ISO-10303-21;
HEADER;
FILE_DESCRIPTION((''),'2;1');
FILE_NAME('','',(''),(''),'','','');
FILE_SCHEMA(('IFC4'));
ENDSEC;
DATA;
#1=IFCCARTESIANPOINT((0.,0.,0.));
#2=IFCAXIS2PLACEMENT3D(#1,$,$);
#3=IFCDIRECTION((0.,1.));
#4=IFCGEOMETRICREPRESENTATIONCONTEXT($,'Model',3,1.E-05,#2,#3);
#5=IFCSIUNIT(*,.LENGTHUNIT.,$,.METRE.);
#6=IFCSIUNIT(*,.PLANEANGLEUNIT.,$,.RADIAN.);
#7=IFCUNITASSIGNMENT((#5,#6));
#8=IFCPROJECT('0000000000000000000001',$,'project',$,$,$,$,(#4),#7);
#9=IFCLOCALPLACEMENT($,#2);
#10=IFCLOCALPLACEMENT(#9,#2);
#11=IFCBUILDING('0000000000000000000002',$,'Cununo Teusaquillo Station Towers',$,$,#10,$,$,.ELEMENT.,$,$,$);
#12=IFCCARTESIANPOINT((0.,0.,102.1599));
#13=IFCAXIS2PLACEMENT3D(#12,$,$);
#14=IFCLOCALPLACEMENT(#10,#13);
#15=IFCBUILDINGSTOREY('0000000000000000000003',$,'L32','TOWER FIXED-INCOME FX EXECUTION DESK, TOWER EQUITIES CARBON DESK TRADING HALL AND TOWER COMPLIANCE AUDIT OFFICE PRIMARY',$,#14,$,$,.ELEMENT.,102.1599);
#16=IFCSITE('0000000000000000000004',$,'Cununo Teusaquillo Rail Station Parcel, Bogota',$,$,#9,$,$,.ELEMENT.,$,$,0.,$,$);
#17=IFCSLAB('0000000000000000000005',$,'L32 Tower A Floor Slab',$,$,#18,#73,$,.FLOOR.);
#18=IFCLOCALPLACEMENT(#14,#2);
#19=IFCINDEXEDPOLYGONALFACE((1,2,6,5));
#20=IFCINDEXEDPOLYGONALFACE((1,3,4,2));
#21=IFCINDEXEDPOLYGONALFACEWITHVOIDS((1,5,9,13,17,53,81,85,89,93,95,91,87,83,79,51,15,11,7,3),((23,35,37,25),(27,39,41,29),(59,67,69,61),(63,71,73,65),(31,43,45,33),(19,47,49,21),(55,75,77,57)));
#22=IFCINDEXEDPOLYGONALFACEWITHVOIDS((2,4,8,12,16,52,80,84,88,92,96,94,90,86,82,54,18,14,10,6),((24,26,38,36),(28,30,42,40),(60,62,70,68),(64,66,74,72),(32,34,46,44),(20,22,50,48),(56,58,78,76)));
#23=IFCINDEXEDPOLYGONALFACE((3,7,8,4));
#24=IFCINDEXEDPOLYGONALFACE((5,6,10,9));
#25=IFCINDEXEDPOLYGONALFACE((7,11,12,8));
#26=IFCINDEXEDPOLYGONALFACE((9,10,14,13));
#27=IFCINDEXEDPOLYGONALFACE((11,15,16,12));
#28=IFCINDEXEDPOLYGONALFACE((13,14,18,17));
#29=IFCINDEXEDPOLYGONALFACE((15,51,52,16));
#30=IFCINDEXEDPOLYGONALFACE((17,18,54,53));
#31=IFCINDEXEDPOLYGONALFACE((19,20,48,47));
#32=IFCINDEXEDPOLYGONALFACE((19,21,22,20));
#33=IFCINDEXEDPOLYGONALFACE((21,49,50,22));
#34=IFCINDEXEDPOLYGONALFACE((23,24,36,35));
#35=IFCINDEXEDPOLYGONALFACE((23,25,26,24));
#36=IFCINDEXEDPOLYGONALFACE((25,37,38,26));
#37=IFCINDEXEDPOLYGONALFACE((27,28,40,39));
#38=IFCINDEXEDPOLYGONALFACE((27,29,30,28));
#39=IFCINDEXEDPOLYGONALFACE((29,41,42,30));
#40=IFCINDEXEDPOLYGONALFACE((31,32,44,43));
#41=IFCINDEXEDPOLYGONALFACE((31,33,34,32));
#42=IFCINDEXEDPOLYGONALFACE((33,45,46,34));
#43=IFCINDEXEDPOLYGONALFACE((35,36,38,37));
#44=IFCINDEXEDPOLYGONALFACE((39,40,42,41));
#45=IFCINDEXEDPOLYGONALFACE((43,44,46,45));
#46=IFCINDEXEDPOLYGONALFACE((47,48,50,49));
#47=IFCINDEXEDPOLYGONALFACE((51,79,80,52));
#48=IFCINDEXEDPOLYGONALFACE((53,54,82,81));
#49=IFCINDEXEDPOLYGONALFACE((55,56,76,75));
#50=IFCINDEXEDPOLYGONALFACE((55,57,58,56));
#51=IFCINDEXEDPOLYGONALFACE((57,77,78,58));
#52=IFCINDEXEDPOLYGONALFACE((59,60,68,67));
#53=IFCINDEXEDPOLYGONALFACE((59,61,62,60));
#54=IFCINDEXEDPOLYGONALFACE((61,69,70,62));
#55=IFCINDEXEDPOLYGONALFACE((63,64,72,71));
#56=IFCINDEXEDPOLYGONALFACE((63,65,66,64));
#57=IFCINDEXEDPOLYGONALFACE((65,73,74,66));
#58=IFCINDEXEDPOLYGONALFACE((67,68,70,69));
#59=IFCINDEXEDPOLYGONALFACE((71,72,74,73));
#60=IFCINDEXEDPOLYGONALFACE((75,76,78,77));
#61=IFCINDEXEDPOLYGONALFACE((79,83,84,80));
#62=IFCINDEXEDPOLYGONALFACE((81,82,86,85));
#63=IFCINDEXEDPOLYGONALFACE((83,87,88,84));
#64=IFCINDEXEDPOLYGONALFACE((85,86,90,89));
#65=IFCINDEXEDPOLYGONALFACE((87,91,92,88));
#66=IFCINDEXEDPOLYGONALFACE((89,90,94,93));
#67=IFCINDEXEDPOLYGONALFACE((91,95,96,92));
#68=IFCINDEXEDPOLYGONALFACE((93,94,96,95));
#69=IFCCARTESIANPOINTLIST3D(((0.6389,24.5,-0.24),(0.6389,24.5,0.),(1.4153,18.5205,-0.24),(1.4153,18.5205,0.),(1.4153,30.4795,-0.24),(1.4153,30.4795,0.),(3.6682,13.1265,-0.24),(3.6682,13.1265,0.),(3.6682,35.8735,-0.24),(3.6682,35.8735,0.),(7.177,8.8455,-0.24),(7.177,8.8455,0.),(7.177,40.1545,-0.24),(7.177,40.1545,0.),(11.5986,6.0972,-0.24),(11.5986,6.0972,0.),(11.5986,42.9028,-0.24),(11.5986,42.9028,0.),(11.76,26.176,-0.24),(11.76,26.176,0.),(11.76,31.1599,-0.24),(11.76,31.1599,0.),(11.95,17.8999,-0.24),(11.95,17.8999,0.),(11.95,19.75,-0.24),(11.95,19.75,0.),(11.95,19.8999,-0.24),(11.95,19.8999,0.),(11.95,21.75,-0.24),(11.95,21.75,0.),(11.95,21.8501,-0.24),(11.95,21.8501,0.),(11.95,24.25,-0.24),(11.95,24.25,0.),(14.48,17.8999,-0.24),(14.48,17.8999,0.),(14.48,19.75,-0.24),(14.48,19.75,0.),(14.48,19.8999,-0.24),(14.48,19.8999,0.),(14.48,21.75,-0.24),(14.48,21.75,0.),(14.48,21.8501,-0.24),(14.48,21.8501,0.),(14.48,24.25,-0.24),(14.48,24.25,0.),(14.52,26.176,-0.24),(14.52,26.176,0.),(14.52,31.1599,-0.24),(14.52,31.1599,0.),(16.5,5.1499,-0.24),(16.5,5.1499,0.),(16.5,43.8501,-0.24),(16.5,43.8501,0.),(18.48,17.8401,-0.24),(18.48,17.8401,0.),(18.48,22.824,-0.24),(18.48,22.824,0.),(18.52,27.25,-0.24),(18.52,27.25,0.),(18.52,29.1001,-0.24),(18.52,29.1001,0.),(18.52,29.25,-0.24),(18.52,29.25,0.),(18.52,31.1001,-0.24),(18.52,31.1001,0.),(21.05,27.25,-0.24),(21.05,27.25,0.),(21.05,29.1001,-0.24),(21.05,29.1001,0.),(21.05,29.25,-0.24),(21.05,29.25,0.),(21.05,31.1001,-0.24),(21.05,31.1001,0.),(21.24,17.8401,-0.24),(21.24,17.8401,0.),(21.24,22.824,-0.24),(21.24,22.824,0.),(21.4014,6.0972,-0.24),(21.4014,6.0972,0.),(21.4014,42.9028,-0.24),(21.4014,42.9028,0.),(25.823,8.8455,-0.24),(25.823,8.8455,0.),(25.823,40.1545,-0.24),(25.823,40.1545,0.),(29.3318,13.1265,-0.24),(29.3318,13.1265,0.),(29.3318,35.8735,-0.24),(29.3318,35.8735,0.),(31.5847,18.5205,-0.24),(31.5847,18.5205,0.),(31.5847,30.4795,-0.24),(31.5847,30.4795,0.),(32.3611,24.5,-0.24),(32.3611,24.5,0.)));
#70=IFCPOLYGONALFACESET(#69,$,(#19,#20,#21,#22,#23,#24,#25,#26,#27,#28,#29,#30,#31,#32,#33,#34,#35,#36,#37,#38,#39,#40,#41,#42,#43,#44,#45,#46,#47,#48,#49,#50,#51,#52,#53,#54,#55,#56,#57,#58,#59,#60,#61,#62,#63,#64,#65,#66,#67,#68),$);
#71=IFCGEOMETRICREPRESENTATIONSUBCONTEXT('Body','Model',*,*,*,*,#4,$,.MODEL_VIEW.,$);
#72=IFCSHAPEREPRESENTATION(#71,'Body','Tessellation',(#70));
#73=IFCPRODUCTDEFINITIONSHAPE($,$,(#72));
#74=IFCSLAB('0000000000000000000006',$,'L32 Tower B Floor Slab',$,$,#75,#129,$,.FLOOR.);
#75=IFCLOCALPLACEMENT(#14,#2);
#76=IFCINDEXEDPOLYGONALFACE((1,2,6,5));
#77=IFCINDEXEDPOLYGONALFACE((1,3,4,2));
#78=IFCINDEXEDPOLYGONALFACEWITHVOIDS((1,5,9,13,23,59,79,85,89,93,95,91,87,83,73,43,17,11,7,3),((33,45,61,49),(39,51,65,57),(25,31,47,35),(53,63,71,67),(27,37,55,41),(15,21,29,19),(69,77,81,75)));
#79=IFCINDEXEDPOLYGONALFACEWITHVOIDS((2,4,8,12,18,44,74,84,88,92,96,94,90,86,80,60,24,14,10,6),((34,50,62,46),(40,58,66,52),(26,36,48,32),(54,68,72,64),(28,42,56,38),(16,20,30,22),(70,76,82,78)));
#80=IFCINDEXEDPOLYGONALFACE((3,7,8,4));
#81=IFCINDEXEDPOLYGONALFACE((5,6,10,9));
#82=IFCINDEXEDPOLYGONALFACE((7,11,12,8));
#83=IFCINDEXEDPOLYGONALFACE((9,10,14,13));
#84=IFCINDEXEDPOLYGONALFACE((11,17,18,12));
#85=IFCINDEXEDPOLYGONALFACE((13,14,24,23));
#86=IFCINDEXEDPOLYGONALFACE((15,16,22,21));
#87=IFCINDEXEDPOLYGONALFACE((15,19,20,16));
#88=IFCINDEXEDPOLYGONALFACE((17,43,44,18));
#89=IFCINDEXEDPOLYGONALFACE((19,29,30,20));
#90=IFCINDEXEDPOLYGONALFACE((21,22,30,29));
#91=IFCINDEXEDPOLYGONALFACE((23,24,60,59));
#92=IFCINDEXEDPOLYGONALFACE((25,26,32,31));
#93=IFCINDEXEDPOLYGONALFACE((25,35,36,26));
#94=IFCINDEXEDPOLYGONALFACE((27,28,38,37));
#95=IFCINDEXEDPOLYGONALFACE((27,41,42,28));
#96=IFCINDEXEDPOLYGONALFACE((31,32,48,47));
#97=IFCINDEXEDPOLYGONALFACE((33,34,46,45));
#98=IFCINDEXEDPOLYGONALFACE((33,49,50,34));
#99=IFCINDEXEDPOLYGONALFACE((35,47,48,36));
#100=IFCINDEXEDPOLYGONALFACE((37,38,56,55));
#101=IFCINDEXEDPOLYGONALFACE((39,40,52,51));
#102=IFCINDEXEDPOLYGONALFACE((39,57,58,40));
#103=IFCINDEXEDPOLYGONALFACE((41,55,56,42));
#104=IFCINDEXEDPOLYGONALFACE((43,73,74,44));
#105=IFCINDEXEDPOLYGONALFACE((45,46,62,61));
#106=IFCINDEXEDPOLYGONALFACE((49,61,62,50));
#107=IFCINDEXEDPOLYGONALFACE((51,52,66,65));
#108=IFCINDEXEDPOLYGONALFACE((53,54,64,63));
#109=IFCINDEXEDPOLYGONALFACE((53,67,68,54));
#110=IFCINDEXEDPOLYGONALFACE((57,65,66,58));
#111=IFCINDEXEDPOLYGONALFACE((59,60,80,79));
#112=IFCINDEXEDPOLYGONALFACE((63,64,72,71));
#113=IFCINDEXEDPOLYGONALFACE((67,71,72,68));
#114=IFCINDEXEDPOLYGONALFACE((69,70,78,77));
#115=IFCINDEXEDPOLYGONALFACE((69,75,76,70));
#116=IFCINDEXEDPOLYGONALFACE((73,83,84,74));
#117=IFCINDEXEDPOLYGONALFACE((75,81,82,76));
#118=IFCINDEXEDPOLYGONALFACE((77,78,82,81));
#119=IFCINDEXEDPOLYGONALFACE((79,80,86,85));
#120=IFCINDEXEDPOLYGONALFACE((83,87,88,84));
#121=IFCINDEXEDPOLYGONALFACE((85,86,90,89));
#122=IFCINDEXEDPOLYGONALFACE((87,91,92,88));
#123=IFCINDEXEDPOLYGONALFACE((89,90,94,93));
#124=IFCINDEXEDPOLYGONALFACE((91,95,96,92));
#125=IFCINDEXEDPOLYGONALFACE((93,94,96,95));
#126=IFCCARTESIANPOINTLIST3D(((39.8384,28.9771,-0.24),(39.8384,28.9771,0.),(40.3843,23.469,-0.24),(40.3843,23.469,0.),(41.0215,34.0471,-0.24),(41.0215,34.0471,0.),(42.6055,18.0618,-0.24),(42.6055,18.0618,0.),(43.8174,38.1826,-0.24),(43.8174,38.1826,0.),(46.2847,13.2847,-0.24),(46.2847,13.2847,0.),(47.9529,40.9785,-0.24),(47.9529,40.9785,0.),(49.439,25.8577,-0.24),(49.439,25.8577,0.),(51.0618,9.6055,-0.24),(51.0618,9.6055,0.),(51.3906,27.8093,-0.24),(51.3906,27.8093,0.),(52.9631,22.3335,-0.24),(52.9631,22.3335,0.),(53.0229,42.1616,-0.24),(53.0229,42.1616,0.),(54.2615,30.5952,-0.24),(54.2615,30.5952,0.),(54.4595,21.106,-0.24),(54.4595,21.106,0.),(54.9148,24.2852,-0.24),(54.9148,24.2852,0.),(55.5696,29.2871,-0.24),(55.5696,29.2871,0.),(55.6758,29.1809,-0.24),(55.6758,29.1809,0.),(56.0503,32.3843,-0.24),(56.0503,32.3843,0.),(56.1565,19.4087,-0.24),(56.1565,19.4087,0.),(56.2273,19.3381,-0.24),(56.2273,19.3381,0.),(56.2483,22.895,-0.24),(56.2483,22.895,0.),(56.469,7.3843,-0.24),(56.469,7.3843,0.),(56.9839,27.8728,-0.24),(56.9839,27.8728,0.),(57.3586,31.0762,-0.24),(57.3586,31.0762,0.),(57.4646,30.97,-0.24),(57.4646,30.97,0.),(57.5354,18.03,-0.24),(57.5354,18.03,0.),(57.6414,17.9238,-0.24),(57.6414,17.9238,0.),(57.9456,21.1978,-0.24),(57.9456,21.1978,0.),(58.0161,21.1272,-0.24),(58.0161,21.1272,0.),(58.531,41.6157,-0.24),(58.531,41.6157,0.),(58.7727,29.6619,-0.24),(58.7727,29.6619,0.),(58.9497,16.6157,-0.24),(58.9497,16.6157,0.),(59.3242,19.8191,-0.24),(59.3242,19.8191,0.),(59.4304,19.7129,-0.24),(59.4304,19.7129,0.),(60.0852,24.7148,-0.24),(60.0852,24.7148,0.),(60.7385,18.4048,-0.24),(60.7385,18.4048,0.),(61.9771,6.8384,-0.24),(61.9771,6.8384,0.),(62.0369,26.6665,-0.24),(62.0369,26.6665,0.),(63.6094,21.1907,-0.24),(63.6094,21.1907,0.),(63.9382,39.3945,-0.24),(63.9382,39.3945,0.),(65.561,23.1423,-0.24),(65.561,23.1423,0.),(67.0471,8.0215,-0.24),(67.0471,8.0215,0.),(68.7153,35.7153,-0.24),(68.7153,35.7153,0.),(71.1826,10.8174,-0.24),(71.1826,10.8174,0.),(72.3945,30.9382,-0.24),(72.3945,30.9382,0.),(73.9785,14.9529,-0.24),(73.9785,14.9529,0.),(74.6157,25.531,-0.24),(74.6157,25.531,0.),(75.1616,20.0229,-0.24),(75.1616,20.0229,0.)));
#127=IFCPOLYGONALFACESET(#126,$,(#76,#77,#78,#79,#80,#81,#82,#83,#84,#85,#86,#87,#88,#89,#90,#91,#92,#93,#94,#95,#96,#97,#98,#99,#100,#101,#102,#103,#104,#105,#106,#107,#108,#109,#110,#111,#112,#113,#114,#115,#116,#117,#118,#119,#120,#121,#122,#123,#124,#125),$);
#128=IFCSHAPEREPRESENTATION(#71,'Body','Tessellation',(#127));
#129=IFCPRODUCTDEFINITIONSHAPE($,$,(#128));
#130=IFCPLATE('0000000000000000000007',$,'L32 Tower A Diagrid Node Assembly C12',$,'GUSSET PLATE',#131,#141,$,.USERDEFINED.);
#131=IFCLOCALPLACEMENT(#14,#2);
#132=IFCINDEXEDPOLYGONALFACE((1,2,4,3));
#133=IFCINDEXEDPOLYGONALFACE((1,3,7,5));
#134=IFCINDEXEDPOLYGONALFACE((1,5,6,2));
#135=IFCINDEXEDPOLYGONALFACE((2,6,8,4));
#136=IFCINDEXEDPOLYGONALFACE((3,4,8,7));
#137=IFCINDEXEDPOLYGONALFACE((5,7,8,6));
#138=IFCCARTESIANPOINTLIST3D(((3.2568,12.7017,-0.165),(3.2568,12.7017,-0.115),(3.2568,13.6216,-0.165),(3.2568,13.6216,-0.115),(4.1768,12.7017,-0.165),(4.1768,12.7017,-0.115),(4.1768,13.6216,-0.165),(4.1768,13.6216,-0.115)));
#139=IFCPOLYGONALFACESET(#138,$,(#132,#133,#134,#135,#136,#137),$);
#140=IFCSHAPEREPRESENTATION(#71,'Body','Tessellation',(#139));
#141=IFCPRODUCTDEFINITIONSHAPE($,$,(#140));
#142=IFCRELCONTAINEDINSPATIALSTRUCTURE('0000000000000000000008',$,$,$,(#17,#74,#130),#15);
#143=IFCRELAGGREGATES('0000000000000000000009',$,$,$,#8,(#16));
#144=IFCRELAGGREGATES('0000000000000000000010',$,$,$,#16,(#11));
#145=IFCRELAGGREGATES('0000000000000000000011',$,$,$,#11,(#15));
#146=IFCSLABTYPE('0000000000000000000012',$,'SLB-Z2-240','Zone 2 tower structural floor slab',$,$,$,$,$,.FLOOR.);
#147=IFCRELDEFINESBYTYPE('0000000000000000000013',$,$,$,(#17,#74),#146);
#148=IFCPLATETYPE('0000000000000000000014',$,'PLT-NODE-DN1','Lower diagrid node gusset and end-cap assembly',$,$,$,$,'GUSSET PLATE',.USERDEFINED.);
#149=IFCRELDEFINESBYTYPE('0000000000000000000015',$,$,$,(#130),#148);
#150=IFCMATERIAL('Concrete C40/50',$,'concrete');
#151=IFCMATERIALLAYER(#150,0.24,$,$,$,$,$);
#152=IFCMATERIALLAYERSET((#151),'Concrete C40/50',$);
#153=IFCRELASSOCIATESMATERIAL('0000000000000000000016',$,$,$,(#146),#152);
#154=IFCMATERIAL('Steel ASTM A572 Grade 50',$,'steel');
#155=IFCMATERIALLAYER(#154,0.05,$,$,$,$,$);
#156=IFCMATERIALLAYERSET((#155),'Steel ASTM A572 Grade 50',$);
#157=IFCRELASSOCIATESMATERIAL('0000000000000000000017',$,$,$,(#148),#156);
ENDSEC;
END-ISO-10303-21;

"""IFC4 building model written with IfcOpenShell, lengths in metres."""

from ifc_helpers import new_model, si_unit, direction, frame, origin, origin_2d, place, context, subcontext, project, spatial, polyline, rectangle, outline, extrude, source, transform, mapped, material, layer, layer_set, type_object, element, save


model = new_model("IFC4")

# Units and contexts
model_context = context("Model", 3, precision=1e-05, world=origin(), true_north=direction((0.0, 1.0)))
body_context = subcontext(model_context, "Body", "Model", "MODEL_VIEW")
ifc_project = project(units=[si_unit("LENGTHUNIT", "METRE"), si_unit("PLANEANGLEUNIT", "RADIAN")], contexts=[model_context])

# Site, building, storey
site_placement = place(None, origin())
site = spatial("IfcSite", under=ifc_project, at=site_placement, Name="Cununo Teusaquillo Rail Station Parcel, Bogota", CompositionType="ELEMENT", RefElevation=0.0)
building_placement = place(site_placement, origin())
building = spatial("IfcBuilding", under=site, at=building_placement, Name="Cununo Teusaquillo Station Towers", CompositionType="ELEMENT")
storey_placement = place(building_placement, frame((0.0, 0.0, 102.1599)))
storey = spatial("IfcBuildingStorey", under=building, at=storey_placement, Name="L32", Description="TOWER FIXED-INCOME FX EXECUTION DESK, TOWER EQUITIES CARBON DESK TRADING HALL AND TOWER COMPLIANCE AUDIT OFFICE PRIMARY", CompositionType="ELEMENT", Elevation=102.1599)

# Slabs
ifc_material_1 = material(Name="Concrete C40/50", Category="concrete")
ifc_layer_1 = layer(ifc_material_1, 0.24)
ifc_layer_set_1 = layer_set([ifc_layer_1], Name="Concrete C40/50")
slab_type_1 = type_object("IfcSlabType", Name="SLB-Z2-240", Description="Zone 2 tower structural floor slab", PredefinedType="FLOOR", material=ifc_layer_set_1)
slab_1_placement = place(storey_placement, frame((0.0, 0.0, -0.24)))
element("IfcSlab", 1, at=slab_1_placement, inside=storey, type_object=slab_type_1, Name="L32 Tower A Floor Slab", PredefinedType="FLOOR", context=body_context, shape_type="SweptSolid", body=[
    extrude(outline(polyline([(32.3611, 24.5), (31.5847, 30.4795), (29.3318, 35.8735), (25.823, 40.1545), (21.4014, 42.9028), (16.5, 43.8501), (11.5986, 42.9028), (7.177, 40.1545), (3.6682, 35.8735), (1.4153, 30.4795), (0.6389, 24.5), (1.4153, 18.5205), (3.6682, 13.1265), (7.177, 8.8455), (11.5986, 6.0972), (16.5, 5.1499), (21.4014, 6.0972), (25.823, 8.8455), (29.3318, 13.1265), (31.5847, 18.5205), (32.3611, 24.5)]), holes=[polyline([(14.52, 26.176), (14.52, 31.1599), (11.76, 31.1599), (11.76, 26.176), (14.52, 26.176)]), polyline([(18.48, 22.824), (18.48, 17.8401), (21.24, 17.8401), (21.24, 22.824), (18.48, 22.824)]), polyline([(11.95, 21.8501), (14.48, 21.8501), (14.48, 24.25), (11.95, 24.25), (11.95, 21.8501)]), polyline([(11.95, 17.8999), (14.48, 17.8999), (14.48, 19.75), (11.95, 19.75), (11.95, 17.8999)]), polyline([(11.95, 19.8999), (14.48, 19.8999), (14.48, 21.75), (11.95, 21.75), (11.95, 19.8999)]), polyline([(18.52, 27.25), (21.05, 27.25), (21.05, 29.1001), (18.52, 29.1001), (18.52, 27.25)]), polyline([(18.52, 29.25), (21.05, 29.25), (21.05, 31.1001), (18.52, 31.1001), (18.52, 29.25)])]), origin(), (0.0, 0.0, 1.0), 0.24),
])
slab_2_placement = place(storey_placement, frame((0.0, 0.0, -0.24)))
element("IfcSlab", 2, at=slab_2_placement, inside=storey, type_object=slab_type_1, Name="L32 Tower B Floor Slab", PredefinedType="FLOOR", context=body_context, shape_type="SweptSolid", body=[
    extrude(outline(polyline([(68.7153, 35.7153), (63.9382, 39.3945), (58.531, 41.6157), (53.0229, 42.1616), (47.9529, 40.9785), (43.8174, 38.1826), (41.0215, 34.0471), (39.8384, 28.9771), (40.3843, 23.469), (42.6055, 18.0618), (46.2847, 13.2847), (51.0618, 9.6055), (56.469, 7.3843), (61.9771, 6.8384), (67.0471, 8.0215), (71.1826, 10.8174), (73.9785, 14.9529), (75.1616, 20.0229), (74.6157, 25.531), (72.3945, 30.9382), (68.7153, 35.7153)]), holes=[polyline([(54.9148, 24.2852), (51.3906, 27.8093), (49.439, 25.8577), (52.9631, 22.3335), (54.9148, 24.2852)]), polyline([(60.0852, 24.7148), (63.6094, 21.1907), (65.561, 23.1423), (62.0369, 26.6665), (60.0852, 24.7148)]), polyline([(56.1565, 19.4087), (57.9456, 21.1978), (56.2483, 22.895), (54.4595, 21.106), (56.1565, 19.4087)]), polyline([(58.9497, 16.6157), (60.7385, 18.4048), (59.4304, 19.7129), (57.6414, 17.9238), (58.9497, 16.6157)]), polyline([(57.5354, 18.03), (59.3242, 19.8191), (58.0161, 21.1272), (56.2273, 19.3381), (57.5354, 18.03)]), polyline([(56.9839, 27.8728), (58.7727, 29.6619), (57.4646, 30.97), (55.6758, 29.1809), (56.9839, 27.8728)]), polyline([(55.5696, 29.2871), (57.3586, 31.0762), (56.0503, 32.3843), (54.2615, 30.5952), (55.5696, 29.2871)])]), origin(), (0.0, 0.0, 1.0), 0.24),
])

# Plate
ifc_material_2 = material(Name="Steel ASTM A572 Grade 50", Category="steel")
ifc_layer_2 = layer(ifc_material_2, 0.05)
ifc_layer_set_2 = layer_set([ifc_layer_2], Name="Steel ASTM A572 Grade 50")
plate_type = type_object("IfcPlateType", Name="PLT-NODE-DN1", Description="Lower diagrid node gusset and end-cap assembly", ElementType="GUSSET PLATE", PredefinedType="USERDEFINED", material=ifc_layer_set_2)
shared_shape_1 = source(origin(), body_context, "Body", "SweptSolid", [
    extrude(rectangle(XDim=0.9199, YDim=0.9199, at=origin_2d()), origin(), (0.0, 0.0, 1.0), 0.05),
])
plate_placement = place(storey_placement, frame((3.7168, 13.1616, -0.165), z_axis=(0.0, 0.0, 1.0), x_axis=(1.0, 0.0, 0.0)))
element("IfcPlate", 3, at=plate_placement, inside=storey, type_object=plate_type, Name="L32 Tower A Diagrid Node Assembly C12", ObjectType="GUSSET PLATE", PredefinedType="USERDEFINED", context=body_context, shape_type="MappedRepresentation", body=[
    mapped(shared_shape_1, transform((0.0, 0.0, 0.0), x_axis=(1.0, 0.0, 0.0), y_axis=(0.0, 1.0, 0.0), z_axis=(0.0, 0.0, 1.0), scale=1.0)),
])

save(model, "model.ifc")
